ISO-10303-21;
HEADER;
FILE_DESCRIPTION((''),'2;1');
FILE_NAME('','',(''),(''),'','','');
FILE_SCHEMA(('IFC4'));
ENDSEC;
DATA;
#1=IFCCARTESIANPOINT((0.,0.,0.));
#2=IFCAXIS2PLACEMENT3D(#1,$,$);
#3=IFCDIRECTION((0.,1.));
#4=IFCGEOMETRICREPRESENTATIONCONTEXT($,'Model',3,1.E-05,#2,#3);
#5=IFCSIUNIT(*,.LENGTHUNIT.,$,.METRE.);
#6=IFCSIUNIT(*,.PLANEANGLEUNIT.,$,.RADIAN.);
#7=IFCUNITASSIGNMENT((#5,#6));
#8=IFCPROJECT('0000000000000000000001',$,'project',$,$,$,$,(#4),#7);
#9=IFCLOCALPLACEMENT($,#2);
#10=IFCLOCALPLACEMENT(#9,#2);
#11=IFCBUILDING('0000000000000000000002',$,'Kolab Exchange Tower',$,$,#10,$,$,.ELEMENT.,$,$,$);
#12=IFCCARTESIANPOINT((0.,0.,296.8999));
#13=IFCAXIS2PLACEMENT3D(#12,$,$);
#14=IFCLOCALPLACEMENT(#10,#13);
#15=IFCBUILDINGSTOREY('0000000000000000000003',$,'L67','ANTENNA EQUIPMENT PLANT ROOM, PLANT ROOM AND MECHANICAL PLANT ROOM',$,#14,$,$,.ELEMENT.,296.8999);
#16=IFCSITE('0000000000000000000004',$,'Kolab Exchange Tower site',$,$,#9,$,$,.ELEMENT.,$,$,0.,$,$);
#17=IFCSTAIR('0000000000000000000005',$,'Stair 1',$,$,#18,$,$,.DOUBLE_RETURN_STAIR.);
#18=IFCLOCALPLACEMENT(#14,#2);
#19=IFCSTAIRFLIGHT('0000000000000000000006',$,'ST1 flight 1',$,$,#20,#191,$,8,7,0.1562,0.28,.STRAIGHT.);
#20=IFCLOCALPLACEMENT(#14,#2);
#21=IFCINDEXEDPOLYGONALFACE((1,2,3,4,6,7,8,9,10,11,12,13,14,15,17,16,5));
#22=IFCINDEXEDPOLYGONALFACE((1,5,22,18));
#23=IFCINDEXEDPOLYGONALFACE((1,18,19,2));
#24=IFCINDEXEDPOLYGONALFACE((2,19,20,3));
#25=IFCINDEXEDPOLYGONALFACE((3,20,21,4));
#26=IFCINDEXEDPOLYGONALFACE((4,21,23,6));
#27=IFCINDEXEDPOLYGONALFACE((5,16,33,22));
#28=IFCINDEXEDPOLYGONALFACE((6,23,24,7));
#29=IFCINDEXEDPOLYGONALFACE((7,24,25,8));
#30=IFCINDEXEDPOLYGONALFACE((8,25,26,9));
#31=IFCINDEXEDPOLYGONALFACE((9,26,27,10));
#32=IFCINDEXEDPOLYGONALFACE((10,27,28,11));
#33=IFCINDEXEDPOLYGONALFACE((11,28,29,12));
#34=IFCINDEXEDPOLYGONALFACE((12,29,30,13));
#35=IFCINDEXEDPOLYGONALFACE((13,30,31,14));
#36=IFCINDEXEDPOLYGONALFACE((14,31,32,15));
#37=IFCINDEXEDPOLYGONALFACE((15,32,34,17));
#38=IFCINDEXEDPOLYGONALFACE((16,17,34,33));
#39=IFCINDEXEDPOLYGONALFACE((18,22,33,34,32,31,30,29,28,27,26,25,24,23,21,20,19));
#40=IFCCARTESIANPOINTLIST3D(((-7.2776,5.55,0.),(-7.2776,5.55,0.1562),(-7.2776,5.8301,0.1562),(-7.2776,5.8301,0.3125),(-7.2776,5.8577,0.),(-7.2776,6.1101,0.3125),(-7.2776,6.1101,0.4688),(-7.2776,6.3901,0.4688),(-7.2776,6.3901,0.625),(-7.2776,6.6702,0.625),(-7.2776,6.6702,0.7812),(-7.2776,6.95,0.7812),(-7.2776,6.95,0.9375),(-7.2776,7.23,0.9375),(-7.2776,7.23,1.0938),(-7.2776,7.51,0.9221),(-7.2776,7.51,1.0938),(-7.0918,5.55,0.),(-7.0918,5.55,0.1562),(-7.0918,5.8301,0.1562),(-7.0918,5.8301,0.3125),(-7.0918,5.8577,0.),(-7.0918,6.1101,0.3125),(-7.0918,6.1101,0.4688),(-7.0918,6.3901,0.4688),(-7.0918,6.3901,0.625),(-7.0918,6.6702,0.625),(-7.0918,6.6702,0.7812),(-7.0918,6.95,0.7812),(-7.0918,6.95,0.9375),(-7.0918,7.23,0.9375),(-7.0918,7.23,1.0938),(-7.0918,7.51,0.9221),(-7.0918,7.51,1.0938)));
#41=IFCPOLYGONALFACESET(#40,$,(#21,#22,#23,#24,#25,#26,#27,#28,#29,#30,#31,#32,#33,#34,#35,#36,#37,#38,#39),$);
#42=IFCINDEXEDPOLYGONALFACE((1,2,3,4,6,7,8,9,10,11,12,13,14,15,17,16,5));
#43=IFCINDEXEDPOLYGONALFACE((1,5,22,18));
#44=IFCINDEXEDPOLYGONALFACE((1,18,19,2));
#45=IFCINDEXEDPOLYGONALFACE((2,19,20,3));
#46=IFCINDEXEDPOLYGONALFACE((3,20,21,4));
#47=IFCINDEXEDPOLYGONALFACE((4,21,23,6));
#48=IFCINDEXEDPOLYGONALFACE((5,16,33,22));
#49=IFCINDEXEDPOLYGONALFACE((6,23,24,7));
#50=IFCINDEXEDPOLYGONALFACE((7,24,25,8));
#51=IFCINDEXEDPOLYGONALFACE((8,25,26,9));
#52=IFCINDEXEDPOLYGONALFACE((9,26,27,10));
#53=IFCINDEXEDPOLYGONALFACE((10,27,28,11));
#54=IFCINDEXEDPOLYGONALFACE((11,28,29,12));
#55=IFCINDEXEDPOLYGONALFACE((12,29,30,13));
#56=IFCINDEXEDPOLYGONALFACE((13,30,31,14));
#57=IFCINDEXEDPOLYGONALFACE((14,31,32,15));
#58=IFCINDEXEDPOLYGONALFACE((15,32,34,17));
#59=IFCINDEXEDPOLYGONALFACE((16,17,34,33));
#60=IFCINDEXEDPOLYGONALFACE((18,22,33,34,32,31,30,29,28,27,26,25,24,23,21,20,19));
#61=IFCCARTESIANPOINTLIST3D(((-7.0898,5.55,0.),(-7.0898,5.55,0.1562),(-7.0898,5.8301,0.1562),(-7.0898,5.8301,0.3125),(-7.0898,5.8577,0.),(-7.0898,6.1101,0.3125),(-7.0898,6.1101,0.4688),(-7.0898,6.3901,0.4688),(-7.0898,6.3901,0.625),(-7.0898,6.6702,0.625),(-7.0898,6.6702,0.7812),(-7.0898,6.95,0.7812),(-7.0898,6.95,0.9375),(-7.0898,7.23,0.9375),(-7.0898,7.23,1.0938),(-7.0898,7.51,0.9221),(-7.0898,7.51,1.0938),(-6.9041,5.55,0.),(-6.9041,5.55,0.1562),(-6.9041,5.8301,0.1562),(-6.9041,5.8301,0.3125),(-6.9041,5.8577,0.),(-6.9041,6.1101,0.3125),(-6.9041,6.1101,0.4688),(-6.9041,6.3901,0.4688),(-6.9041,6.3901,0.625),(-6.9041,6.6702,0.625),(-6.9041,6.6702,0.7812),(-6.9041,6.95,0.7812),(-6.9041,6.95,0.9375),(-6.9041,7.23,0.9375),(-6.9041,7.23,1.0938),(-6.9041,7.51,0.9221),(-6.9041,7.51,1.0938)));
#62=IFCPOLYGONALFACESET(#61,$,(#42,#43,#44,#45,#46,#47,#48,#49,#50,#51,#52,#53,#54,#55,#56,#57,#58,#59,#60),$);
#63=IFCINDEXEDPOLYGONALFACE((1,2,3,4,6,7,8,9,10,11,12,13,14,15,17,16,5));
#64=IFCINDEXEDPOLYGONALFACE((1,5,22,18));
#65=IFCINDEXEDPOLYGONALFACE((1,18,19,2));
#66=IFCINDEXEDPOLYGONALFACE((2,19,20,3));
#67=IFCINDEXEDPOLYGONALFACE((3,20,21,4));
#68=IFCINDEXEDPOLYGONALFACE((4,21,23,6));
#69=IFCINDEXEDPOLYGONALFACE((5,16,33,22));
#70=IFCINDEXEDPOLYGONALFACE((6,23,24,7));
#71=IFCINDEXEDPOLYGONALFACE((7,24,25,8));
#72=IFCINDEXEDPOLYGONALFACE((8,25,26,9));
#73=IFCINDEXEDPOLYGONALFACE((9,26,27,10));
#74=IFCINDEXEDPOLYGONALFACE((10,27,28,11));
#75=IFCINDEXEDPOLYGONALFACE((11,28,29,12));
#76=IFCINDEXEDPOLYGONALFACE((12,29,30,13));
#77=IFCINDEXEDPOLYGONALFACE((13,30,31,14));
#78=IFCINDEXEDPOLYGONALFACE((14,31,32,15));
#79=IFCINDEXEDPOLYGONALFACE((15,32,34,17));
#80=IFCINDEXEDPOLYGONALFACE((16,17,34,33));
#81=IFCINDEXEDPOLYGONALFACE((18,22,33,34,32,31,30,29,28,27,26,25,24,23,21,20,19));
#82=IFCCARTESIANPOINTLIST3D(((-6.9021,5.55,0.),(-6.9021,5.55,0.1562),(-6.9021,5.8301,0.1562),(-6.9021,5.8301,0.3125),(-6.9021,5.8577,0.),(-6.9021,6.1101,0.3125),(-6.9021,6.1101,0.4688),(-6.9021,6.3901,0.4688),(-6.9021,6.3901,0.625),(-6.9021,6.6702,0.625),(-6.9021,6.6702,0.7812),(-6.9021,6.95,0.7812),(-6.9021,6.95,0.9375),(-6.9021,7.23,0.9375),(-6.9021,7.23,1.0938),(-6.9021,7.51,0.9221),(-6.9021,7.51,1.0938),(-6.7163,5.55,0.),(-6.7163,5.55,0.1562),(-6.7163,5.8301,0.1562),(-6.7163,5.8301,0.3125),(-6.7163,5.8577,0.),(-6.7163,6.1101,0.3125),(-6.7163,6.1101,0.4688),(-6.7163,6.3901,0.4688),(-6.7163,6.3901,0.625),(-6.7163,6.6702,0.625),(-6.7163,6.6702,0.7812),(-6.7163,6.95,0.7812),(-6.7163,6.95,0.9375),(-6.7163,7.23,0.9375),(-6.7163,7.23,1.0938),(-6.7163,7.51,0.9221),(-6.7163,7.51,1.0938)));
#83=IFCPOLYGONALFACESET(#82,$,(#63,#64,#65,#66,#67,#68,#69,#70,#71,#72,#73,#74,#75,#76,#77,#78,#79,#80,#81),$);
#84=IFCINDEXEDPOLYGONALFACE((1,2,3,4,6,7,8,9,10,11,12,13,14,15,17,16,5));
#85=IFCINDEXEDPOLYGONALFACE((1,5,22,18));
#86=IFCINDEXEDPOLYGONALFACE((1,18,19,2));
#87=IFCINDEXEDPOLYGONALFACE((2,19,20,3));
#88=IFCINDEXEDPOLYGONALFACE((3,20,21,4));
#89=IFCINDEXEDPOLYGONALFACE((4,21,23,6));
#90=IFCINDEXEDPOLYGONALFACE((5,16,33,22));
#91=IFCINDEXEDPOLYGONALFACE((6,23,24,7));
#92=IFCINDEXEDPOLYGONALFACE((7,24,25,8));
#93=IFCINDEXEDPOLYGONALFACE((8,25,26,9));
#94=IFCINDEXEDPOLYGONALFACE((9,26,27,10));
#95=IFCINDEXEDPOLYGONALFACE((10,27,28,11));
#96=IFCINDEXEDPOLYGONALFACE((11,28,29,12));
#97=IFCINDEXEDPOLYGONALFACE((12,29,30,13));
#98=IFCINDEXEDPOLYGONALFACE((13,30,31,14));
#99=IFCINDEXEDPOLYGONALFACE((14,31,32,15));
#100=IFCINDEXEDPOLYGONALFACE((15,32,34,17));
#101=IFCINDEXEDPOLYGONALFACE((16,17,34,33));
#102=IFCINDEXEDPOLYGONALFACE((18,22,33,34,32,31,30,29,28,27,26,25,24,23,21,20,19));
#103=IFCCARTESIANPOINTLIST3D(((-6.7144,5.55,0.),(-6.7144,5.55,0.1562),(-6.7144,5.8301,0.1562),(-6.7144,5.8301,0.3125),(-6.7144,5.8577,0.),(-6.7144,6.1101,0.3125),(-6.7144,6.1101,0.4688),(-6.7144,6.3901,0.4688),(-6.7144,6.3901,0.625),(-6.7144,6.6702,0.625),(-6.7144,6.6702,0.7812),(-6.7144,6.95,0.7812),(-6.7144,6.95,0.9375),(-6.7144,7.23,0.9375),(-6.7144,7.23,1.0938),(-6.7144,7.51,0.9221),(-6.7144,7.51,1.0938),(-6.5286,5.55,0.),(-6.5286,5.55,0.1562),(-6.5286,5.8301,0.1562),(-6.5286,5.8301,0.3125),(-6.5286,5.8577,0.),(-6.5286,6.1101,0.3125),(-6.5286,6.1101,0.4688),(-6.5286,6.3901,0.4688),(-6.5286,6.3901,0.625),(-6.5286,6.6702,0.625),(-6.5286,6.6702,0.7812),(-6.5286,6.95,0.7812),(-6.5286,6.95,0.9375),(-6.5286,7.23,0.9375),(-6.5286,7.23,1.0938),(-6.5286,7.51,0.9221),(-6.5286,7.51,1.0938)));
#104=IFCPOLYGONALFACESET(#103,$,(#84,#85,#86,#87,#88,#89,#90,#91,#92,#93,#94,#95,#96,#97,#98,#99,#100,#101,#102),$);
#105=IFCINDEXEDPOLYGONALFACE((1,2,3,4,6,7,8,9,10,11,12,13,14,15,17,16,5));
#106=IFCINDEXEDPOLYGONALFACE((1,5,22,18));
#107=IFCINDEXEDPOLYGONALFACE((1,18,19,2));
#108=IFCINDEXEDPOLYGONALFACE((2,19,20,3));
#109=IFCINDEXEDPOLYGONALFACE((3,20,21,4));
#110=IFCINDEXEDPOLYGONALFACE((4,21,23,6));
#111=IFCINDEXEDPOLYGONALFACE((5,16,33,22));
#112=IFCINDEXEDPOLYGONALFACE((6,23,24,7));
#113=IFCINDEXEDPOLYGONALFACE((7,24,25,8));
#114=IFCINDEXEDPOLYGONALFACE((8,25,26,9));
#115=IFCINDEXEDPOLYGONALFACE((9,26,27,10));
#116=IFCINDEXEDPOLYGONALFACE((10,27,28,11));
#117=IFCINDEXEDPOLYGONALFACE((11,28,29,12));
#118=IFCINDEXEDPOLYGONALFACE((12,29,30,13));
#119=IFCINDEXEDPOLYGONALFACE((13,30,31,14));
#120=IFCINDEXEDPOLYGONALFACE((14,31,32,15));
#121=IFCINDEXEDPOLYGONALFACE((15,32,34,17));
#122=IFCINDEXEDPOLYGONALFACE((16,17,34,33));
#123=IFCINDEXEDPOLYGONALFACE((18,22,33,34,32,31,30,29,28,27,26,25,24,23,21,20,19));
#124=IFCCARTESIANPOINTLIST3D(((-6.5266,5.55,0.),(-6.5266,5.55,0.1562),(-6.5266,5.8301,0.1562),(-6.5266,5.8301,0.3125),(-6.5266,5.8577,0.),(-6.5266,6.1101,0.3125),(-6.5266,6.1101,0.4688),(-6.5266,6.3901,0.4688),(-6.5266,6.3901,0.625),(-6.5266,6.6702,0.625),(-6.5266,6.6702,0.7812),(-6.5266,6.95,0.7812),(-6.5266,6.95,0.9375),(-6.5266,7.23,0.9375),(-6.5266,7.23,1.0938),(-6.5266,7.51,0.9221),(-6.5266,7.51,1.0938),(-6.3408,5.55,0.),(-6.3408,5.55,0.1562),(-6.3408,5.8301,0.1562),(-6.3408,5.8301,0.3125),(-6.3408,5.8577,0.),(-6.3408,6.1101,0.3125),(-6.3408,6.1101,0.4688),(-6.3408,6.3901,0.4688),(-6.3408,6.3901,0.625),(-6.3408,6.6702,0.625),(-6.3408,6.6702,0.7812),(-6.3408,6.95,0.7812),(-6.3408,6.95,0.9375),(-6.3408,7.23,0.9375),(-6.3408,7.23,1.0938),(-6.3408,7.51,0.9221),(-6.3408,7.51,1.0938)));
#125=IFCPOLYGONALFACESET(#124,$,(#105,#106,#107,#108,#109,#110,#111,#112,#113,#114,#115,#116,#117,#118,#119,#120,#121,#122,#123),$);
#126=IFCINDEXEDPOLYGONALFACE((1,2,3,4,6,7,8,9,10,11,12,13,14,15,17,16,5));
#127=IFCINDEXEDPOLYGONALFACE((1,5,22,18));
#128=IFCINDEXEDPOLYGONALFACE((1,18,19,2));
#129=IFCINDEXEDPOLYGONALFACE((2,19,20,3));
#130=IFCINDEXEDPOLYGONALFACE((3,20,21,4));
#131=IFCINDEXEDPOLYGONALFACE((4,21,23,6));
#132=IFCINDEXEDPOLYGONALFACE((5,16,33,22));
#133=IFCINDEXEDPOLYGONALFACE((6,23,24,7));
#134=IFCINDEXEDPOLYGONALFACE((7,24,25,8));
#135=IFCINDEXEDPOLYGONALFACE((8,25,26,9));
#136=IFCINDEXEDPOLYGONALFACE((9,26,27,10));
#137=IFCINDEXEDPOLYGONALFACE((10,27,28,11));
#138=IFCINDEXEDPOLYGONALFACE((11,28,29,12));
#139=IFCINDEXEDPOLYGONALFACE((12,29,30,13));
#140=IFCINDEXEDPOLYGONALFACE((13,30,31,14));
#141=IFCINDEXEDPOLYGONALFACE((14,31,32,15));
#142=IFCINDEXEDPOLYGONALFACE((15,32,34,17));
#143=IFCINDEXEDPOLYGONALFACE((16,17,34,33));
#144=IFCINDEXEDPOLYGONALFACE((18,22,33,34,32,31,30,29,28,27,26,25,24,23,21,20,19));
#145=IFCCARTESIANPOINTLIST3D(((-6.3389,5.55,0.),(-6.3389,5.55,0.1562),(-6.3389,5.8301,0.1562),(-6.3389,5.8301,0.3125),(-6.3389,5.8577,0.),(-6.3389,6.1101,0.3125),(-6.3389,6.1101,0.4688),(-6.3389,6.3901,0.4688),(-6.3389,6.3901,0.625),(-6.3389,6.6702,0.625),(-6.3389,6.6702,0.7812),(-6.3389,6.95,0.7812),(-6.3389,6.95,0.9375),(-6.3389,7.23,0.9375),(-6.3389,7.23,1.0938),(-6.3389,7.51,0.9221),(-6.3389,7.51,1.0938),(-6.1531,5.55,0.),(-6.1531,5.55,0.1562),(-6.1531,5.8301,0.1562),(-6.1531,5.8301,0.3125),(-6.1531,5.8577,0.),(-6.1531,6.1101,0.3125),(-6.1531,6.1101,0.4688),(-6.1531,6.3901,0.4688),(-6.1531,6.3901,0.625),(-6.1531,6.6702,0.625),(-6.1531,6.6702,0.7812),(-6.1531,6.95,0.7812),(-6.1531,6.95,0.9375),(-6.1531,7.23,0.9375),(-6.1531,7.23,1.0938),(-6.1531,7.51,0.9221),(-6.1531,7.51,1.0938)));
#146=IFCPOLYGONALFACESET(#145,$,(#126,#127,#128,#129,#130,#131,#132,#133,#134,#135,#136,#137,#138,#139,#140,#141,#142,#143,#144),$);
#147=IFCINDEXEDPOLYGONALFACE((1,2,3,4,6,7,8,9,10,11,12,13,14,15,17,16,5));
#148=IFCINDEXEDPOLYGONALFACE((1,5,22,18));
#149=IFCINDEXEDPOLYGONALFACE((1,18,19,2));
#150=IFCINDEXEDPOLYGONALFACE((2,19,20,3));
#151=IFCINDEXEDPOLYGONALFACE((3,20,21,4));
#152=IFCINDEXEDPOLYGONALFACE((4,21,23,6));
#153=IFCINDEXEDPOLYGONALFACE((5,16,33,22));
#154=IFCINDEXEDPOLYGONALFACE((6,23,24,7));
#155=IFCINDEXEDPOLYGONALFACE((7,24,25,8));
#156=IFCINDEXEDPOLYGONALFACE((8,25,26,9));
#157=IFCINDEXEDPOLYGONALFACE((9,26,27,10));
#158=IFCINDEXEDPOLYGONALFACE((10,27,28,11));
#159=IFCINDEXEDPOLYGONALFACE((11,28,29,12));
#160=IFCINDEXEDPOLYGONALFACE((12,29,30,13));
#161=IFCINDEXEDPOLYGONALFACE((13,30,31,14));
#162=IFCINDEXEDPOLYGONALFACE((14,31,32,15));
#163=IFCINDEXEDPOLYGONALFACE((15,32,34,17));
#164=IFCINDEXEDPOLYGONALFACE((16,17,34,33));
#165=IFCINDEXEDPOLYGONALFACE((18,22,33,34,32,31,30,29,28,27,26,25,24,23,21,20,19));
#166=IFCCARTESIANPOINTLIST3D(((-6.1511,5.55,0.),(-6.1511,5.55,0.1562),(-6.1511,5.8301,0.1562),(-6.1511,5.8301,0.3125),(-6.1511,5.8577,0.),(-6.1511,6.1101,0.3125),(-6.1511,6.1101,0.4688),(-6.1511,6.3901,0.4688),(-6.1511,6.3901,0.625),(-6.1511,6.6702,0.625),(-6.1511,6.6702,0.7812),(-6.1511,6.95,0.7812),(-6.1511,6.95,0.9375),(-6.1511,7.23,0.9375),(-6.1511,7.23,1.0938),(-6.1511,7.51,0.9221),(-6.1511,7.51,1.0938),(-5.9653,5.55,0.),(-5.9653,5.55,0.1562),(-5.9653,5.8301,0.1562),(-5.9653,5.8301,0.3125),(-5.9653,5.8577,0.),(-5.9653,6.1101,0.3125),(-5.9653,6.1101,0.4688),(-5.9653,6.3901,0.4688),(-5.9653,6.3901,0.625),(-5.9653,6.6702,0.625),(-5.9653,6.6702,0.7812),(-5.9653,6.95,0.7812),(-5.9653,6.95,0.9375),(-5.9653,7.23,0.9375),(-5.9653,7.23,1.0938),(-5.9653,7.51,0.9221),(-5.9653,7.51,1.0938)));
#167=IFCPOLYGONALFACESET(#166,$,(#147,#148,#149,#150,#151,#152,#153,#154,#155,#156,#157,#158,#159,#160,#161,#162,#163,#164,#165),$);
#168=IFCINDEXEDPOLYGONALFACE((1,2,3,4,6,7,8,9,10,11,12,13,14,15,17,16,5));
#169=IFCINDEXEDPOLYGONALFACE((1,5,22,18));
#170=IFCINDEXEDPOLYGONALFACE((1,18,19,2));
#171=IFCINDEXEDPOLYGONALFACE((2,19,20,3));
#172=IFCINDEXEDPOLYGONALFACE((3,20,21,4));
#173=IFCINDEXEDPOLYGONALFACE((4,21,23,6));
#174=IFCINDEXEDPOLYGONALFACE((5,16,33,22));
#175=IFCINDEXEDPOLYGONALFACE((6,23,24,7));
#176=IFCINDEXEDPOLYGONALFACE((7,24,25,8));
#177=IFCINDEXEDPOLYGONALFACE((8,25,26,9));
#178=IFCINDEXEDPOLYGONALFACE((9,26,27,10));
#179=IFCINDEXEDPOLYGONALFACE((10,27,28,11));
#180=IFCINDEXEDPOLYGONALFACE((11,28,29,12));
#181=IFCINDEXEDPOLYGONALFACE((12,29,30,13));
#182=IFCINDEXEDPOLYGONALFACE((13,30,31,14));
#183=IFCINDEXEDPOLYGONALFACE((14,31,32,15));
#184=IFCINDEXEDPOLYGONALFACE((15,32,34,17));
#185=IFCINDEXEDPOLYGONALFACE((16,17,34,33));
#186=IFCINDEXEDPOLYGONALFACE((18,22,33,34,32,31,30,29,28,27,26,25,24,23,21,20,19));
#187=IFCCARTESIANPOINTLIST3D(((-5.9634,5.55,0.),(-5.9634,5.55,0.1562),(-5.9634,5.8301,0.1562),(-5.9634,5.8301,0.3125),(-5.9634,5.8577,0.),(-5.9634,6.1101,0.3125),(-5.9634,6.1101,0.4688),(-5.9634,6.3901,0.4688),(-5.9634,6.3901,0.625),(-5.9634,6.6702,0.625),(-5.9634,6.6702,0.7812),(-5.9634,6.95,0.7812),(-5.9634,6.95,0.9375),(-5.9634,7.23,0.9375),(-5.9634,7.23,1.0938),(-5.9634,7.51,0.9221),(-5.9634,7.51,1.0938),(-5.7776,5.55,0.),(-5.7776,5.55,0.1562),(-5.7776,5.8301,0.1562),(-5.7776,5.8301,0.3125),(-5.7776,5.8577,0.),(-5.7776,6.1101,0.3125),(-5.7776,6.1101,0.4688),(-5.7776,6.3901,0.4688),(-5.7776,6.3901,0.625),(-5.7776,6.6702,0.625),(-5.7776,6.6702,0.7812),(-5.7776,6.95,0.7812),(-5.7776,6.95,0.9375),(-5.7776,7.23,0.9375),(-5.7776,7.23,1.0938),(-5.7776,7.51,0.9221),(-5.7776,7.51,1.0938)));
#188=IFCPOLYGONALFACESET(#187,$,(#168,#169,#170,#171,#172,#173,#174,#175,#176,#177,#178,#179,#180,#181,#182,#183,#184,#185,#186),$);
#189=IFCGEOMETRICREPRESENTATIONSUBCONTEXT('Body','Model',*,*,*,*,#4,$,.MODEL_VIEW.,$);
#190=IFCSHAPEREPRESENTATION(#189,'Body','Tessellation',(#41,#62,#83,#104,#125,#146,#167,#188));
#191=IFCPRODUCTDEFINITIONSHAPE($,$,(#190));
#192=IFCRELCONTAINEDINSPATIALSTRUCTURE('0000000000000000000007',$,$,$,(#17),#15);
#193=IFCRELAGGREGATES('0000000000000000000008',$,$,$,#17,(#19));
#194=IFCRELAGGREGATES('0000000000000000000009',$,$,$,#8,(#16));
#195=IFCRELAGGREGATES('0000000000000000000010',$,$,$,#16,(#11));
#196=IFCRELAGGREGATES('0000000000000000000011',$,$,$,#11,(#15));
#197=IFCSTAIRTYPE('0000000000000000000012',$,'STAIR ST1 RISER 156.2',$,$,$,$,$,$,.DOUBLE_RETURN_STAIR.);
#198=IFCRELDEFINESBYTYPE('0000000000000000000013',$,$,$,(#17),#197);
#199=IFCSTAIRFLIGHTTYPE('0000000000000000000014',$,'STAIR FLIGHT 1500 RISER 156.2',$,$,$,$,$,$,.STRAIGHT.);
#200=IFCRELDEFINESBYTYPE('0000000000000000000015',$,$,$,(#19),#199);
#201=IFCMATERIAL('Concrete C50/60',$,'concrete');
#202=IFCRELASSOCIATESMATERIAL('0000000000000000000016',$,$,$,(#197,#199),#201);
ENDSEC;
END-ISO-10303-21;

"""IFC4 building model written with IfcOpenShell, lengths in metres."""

from ifc_helpers import new_model, si_unit, direction, frame, origin, place, context, subcontext, project, spatial, polyline, outline, extrude, material, type_object, element, aggregate, save


model = new_model("IFC4")

# Units and contexts
model_context = context("Model", 3, precision=1e-05, world=origin(), true_north=direction((0.0, 1.0)))
body_context = subcontext(model_context, "Body", "Model", "MODEL_VIEW")
ifc_project = project(units=[si_unit("LENGTHUNIT", "METRE"), si_unit("PLANEANGLEUNIT", "RADIAN")], contexts=[model_context])

# Site, building, storey
site_placement = place(None, origin())
site = spatial("IfcSite", under=ifc_project, at=site_placement, Name="Kolab Exchange Tower site", CompositionType="ELEMENT", RefElevation=0.0)
building_placement = place(site_placement, origin())
building = spatial("IfcBuilding", under=site, at=building_placement, Name="Kolab Exchange Tower", CompositionType="ELEMENT")
storey_placement = place(building_placement, frame((0.0, 0.0, 296.8999)))
storey = spatial("IfcBuildingStorey", under=building, at=storey_placement, Name="L67", Description="ANTENNA EQUIPMENT PLANT ROOM, PLANT ROOM AND MECHANICAL PLANT ROOM", CompositionType="ELEMENT", Elevation=296.8999)

# Shared definitions
ifc_material_1 = material(Name="Concrete C50/60", Category="concrete")

# Stair, stair flight
stair_type = type_object("IfcStairType", Name="STAIR ST1 RISER 156.2", PredefinedType="DOUBLE_RETURN_STAIR", material=ifc_material_1)
stair_placement = place(storey_placement, origin())
stair = element("IfcStair", 1, at=stair_placement, inside=storey, type_object=stair_type, Name="Stair 1", PredefinedType="DOUBLE_RETURN_STAIR")
stair_flight_type = type_object("IfcStairFlightType", Name="STAIR FLIGHT 1500 RISER 156.2", PredefinedType="STRAIGHT", material=ifc_material_1)
stair_flight_1_placement = place(storey_placement, frame((-6.5276, 5.55, 0.0), z_axis=(0.0, 0.0, 1.0), x_axis=(0.0, 1.0, 0.0)))
stair_flight_1 = element("IfcStairFlight", 2, at=stair_flight_1_placement, type_object=stair_flight_type, Name="ST1 flight 1", NumberOfRisers=8, NumberOfTreads=7, PredefinedType="STRAIGHT", RiserHeight=0.1562, TreadLength=0.28, context=body_context, shape_type="SweptSolid", body=[
    extrude(outline(polyline([(0.0, 0.0), (0.0, 0.1562), (0.28, 0.1562), (0.28, 0.3125), (0.5601, 0.3125), (0.5601, 0.4688), (0.8401, 0.4688), (0.8401, 0.625), (1.1201, 0.625), (1.1201, 0.7812), (1.3999, 0.7812), (1.3999, 0.9375), (1.6799, 0.9375), (1.6799, 1.0938), (1.96, 1.0938), (1.96, 1.25), (1.96, 0.9221), (0.3076, 0.0), (0.0, 0.0)])), frame((0.0, 0.75, 0.0), z_axis=(0.0, -1.0, 0.0), x_axis=(1.0, 0.0, 0.0)), (0.0, 0.0, 1.0), 0.1858),
    extrude(outline(polyline([(0.0, 0.0), (0.0, 0.1562), (0.28, 0.1562), (0.28, 0.3125), (0.5601, 0.3125), (0.5601, 0.4688), (0.8401, 0.4688), (0.8401, 0.625), (1.1201, 0.625), (1.1201, 0.7812), (1.3999, 0.7812), (1.3999, 0.9375), (1.6799, 0.9375), (1.6799, 1.0938), (1.96, 1.0938), (1.96, 1.25), (1.96, 0.9221), (0.3076, 0.0), (0.0, 0.0)])), frame((0.0, 0.5623, 0.0), z_axis=(0.0, -1.0, 0.0), x_axis=(1.0, 0.0, 0.0)), (0.0, 0.0, 1.0), 0.1858),
    extrude(outline(polyline([(0.0, 0.0), (0.0, 0.1562), (0.28, 0.1562), (0.28, 0.3125), (0.5601, 0.3125), (0.5601, 0.4688), (0.8401, 0.4688), (0.8401, 0.625), (1.1201, 0.625), (1.1201, 0.7812), (1.3999, 0.7812), (1.3999, 0.9375), (1.6799, 0.9375), (1.6799, 1.0938), (1.96, 1.0938), (1.96, 1.25), (1.96, 0.9221), (0.3076, 0.0), (0.0, 0.0)])), frame((0.0, 0.3745, 0.0), z_axis=(0.0, -1.0, 0.0), x_axis=(1.0, 0.0, 0.0)), (0.0, 0.0, 1.0), 0.1858),
    extrude(outline(polyline([(0.0, 0.0), (0.0, 0.1562), (0.28, 0.1562), (0.28, 0.3125), (0.5601, 0.3125), (0.5601, 0.4688), (0.8401, 0.4688), (0.8401, 0.625), (1.1201, 0.625), (1.1201, 0.7812), (1.3999, 0.7812), (1.3999, 0.9375), (1.6799, 0.9375), (1.6799, 1.0938), (1.96, 1.0938), (1.96, 1.25), (1.96, 0.9221), (0.3076, 0.0), (0.0, 0.0)])), frame((0.0, 0.1868, 0.0), z_axis=(0.0, -1.0, 0.0), x_axis=(1.0, 0.0, 0.0)), (0.0, 0.0, 1.0), 0.1858),
    extrude(outline(polyline([(0.0, 0.0), (0.0, 0.1562), (0.28, 0.1562), (0.28, 0.3125), (0.5601, 0.3125), (0.5601, 0.4688), (0.8401, 0.4688), (0.8401, 0.625), (1.1201, 0.625), (1.1201, 0.7812), (1.3999, 0.7812), (1.3999, 0.9375), (1.6799, 0.9375), (1.6799, 1.0938), (1.96, 1.0938), (1.96, 1.25), (1.96, 0.9221), (0.3076, 0.0), (0.0, 0.0)])), frame((0.0, -0.001, 0.0), z_axis=(0.0, -1.0, 0.0), x_axis=(1.0, 0.0, 0.0)), (0.0, 0.0, 1.0), 0.1858),
    extrude(outline(polyline([(0.0, 0.0), (0.0, 0.1562), (0.28, 0.1562), (0.28, 0.3125), (0.5601, 0.3125), (0.5601, 0.4688), (0.8401, 0.4688), (0.8401, 0.625), (1.1201, 0.625), (1.1201, 0.7812), (1.3999, 0.7812), (1.3999, 0.9375), (1.6799, 0.9375), (1.6799, 1.0938), (1.96, 1.0938), (1.96, 1.25), (1.96, 0.9221), (0.3076, 0.0), (0.0, 0.0)])), frame((0.0, -0.1887, 0.0), z_axis=(0.0, -1.0, 0.0), x_axis=(1.0, 0.0, 0.0)), (0.0, 0.0, 1.0), 0.1858),
    extrude(outline(polyline([(0.0, 0.0), (0.0, 0.1562), (0.28, 0.1562), (0.28, 0.3125), (0.5601, 0.3125), (0.5601, 0.4688), (0.8401, 0.4688), (0.8401, 0.625), (1.1201, 0.625), (1.1201, 0.7812), (1.3999, 0.7812), (1.3999, 0.9375), (1.6799, 0.9375), (1.6799, 1.0938), (1.96, 1.0938), (1.96, 1.25), (1.96, 0.9221), (0.3076, 0.0), (0.0, 0.0)])), frame((0.0, -0.3765, 0.0), z_axis=(0.0, -1.0, 0.0), x_axis=(1.0, 0.0, 0.0)), (0.0, 0.0, 1.0), 0.1858),
    extrude(outline(polyline([(0.0, 0.0), (0.0, 0.1562), (0.28, 0.1562), (0.28, 0.3125), (0.5601, 0.3125), (0.5601, 0.4688), (0.8401, 0.4688), (0.8401, 0.625), (1.1201, 0.625), (1.1201, 0.7812), (1.3999, 0.7812), (1.3999, 0.9375), (1.6799, 0.9375), (1.6799, 1.0938), (1.96, 1.0938), (1.96, 1.25), (1.96, 0.9221), (0.3076, 0.0), (0.0, 0.0)])), frame((0.0, -0.5642, 0.0), z_axis=(0.0, -1.0, 0.0), x_axis=(1.0, 0.0, 0.0)), (0.0, 0.0, 1.0), 0.1858),
])
aggregate(stair, [stair_flight_1])

save(model, "model.ifc")
